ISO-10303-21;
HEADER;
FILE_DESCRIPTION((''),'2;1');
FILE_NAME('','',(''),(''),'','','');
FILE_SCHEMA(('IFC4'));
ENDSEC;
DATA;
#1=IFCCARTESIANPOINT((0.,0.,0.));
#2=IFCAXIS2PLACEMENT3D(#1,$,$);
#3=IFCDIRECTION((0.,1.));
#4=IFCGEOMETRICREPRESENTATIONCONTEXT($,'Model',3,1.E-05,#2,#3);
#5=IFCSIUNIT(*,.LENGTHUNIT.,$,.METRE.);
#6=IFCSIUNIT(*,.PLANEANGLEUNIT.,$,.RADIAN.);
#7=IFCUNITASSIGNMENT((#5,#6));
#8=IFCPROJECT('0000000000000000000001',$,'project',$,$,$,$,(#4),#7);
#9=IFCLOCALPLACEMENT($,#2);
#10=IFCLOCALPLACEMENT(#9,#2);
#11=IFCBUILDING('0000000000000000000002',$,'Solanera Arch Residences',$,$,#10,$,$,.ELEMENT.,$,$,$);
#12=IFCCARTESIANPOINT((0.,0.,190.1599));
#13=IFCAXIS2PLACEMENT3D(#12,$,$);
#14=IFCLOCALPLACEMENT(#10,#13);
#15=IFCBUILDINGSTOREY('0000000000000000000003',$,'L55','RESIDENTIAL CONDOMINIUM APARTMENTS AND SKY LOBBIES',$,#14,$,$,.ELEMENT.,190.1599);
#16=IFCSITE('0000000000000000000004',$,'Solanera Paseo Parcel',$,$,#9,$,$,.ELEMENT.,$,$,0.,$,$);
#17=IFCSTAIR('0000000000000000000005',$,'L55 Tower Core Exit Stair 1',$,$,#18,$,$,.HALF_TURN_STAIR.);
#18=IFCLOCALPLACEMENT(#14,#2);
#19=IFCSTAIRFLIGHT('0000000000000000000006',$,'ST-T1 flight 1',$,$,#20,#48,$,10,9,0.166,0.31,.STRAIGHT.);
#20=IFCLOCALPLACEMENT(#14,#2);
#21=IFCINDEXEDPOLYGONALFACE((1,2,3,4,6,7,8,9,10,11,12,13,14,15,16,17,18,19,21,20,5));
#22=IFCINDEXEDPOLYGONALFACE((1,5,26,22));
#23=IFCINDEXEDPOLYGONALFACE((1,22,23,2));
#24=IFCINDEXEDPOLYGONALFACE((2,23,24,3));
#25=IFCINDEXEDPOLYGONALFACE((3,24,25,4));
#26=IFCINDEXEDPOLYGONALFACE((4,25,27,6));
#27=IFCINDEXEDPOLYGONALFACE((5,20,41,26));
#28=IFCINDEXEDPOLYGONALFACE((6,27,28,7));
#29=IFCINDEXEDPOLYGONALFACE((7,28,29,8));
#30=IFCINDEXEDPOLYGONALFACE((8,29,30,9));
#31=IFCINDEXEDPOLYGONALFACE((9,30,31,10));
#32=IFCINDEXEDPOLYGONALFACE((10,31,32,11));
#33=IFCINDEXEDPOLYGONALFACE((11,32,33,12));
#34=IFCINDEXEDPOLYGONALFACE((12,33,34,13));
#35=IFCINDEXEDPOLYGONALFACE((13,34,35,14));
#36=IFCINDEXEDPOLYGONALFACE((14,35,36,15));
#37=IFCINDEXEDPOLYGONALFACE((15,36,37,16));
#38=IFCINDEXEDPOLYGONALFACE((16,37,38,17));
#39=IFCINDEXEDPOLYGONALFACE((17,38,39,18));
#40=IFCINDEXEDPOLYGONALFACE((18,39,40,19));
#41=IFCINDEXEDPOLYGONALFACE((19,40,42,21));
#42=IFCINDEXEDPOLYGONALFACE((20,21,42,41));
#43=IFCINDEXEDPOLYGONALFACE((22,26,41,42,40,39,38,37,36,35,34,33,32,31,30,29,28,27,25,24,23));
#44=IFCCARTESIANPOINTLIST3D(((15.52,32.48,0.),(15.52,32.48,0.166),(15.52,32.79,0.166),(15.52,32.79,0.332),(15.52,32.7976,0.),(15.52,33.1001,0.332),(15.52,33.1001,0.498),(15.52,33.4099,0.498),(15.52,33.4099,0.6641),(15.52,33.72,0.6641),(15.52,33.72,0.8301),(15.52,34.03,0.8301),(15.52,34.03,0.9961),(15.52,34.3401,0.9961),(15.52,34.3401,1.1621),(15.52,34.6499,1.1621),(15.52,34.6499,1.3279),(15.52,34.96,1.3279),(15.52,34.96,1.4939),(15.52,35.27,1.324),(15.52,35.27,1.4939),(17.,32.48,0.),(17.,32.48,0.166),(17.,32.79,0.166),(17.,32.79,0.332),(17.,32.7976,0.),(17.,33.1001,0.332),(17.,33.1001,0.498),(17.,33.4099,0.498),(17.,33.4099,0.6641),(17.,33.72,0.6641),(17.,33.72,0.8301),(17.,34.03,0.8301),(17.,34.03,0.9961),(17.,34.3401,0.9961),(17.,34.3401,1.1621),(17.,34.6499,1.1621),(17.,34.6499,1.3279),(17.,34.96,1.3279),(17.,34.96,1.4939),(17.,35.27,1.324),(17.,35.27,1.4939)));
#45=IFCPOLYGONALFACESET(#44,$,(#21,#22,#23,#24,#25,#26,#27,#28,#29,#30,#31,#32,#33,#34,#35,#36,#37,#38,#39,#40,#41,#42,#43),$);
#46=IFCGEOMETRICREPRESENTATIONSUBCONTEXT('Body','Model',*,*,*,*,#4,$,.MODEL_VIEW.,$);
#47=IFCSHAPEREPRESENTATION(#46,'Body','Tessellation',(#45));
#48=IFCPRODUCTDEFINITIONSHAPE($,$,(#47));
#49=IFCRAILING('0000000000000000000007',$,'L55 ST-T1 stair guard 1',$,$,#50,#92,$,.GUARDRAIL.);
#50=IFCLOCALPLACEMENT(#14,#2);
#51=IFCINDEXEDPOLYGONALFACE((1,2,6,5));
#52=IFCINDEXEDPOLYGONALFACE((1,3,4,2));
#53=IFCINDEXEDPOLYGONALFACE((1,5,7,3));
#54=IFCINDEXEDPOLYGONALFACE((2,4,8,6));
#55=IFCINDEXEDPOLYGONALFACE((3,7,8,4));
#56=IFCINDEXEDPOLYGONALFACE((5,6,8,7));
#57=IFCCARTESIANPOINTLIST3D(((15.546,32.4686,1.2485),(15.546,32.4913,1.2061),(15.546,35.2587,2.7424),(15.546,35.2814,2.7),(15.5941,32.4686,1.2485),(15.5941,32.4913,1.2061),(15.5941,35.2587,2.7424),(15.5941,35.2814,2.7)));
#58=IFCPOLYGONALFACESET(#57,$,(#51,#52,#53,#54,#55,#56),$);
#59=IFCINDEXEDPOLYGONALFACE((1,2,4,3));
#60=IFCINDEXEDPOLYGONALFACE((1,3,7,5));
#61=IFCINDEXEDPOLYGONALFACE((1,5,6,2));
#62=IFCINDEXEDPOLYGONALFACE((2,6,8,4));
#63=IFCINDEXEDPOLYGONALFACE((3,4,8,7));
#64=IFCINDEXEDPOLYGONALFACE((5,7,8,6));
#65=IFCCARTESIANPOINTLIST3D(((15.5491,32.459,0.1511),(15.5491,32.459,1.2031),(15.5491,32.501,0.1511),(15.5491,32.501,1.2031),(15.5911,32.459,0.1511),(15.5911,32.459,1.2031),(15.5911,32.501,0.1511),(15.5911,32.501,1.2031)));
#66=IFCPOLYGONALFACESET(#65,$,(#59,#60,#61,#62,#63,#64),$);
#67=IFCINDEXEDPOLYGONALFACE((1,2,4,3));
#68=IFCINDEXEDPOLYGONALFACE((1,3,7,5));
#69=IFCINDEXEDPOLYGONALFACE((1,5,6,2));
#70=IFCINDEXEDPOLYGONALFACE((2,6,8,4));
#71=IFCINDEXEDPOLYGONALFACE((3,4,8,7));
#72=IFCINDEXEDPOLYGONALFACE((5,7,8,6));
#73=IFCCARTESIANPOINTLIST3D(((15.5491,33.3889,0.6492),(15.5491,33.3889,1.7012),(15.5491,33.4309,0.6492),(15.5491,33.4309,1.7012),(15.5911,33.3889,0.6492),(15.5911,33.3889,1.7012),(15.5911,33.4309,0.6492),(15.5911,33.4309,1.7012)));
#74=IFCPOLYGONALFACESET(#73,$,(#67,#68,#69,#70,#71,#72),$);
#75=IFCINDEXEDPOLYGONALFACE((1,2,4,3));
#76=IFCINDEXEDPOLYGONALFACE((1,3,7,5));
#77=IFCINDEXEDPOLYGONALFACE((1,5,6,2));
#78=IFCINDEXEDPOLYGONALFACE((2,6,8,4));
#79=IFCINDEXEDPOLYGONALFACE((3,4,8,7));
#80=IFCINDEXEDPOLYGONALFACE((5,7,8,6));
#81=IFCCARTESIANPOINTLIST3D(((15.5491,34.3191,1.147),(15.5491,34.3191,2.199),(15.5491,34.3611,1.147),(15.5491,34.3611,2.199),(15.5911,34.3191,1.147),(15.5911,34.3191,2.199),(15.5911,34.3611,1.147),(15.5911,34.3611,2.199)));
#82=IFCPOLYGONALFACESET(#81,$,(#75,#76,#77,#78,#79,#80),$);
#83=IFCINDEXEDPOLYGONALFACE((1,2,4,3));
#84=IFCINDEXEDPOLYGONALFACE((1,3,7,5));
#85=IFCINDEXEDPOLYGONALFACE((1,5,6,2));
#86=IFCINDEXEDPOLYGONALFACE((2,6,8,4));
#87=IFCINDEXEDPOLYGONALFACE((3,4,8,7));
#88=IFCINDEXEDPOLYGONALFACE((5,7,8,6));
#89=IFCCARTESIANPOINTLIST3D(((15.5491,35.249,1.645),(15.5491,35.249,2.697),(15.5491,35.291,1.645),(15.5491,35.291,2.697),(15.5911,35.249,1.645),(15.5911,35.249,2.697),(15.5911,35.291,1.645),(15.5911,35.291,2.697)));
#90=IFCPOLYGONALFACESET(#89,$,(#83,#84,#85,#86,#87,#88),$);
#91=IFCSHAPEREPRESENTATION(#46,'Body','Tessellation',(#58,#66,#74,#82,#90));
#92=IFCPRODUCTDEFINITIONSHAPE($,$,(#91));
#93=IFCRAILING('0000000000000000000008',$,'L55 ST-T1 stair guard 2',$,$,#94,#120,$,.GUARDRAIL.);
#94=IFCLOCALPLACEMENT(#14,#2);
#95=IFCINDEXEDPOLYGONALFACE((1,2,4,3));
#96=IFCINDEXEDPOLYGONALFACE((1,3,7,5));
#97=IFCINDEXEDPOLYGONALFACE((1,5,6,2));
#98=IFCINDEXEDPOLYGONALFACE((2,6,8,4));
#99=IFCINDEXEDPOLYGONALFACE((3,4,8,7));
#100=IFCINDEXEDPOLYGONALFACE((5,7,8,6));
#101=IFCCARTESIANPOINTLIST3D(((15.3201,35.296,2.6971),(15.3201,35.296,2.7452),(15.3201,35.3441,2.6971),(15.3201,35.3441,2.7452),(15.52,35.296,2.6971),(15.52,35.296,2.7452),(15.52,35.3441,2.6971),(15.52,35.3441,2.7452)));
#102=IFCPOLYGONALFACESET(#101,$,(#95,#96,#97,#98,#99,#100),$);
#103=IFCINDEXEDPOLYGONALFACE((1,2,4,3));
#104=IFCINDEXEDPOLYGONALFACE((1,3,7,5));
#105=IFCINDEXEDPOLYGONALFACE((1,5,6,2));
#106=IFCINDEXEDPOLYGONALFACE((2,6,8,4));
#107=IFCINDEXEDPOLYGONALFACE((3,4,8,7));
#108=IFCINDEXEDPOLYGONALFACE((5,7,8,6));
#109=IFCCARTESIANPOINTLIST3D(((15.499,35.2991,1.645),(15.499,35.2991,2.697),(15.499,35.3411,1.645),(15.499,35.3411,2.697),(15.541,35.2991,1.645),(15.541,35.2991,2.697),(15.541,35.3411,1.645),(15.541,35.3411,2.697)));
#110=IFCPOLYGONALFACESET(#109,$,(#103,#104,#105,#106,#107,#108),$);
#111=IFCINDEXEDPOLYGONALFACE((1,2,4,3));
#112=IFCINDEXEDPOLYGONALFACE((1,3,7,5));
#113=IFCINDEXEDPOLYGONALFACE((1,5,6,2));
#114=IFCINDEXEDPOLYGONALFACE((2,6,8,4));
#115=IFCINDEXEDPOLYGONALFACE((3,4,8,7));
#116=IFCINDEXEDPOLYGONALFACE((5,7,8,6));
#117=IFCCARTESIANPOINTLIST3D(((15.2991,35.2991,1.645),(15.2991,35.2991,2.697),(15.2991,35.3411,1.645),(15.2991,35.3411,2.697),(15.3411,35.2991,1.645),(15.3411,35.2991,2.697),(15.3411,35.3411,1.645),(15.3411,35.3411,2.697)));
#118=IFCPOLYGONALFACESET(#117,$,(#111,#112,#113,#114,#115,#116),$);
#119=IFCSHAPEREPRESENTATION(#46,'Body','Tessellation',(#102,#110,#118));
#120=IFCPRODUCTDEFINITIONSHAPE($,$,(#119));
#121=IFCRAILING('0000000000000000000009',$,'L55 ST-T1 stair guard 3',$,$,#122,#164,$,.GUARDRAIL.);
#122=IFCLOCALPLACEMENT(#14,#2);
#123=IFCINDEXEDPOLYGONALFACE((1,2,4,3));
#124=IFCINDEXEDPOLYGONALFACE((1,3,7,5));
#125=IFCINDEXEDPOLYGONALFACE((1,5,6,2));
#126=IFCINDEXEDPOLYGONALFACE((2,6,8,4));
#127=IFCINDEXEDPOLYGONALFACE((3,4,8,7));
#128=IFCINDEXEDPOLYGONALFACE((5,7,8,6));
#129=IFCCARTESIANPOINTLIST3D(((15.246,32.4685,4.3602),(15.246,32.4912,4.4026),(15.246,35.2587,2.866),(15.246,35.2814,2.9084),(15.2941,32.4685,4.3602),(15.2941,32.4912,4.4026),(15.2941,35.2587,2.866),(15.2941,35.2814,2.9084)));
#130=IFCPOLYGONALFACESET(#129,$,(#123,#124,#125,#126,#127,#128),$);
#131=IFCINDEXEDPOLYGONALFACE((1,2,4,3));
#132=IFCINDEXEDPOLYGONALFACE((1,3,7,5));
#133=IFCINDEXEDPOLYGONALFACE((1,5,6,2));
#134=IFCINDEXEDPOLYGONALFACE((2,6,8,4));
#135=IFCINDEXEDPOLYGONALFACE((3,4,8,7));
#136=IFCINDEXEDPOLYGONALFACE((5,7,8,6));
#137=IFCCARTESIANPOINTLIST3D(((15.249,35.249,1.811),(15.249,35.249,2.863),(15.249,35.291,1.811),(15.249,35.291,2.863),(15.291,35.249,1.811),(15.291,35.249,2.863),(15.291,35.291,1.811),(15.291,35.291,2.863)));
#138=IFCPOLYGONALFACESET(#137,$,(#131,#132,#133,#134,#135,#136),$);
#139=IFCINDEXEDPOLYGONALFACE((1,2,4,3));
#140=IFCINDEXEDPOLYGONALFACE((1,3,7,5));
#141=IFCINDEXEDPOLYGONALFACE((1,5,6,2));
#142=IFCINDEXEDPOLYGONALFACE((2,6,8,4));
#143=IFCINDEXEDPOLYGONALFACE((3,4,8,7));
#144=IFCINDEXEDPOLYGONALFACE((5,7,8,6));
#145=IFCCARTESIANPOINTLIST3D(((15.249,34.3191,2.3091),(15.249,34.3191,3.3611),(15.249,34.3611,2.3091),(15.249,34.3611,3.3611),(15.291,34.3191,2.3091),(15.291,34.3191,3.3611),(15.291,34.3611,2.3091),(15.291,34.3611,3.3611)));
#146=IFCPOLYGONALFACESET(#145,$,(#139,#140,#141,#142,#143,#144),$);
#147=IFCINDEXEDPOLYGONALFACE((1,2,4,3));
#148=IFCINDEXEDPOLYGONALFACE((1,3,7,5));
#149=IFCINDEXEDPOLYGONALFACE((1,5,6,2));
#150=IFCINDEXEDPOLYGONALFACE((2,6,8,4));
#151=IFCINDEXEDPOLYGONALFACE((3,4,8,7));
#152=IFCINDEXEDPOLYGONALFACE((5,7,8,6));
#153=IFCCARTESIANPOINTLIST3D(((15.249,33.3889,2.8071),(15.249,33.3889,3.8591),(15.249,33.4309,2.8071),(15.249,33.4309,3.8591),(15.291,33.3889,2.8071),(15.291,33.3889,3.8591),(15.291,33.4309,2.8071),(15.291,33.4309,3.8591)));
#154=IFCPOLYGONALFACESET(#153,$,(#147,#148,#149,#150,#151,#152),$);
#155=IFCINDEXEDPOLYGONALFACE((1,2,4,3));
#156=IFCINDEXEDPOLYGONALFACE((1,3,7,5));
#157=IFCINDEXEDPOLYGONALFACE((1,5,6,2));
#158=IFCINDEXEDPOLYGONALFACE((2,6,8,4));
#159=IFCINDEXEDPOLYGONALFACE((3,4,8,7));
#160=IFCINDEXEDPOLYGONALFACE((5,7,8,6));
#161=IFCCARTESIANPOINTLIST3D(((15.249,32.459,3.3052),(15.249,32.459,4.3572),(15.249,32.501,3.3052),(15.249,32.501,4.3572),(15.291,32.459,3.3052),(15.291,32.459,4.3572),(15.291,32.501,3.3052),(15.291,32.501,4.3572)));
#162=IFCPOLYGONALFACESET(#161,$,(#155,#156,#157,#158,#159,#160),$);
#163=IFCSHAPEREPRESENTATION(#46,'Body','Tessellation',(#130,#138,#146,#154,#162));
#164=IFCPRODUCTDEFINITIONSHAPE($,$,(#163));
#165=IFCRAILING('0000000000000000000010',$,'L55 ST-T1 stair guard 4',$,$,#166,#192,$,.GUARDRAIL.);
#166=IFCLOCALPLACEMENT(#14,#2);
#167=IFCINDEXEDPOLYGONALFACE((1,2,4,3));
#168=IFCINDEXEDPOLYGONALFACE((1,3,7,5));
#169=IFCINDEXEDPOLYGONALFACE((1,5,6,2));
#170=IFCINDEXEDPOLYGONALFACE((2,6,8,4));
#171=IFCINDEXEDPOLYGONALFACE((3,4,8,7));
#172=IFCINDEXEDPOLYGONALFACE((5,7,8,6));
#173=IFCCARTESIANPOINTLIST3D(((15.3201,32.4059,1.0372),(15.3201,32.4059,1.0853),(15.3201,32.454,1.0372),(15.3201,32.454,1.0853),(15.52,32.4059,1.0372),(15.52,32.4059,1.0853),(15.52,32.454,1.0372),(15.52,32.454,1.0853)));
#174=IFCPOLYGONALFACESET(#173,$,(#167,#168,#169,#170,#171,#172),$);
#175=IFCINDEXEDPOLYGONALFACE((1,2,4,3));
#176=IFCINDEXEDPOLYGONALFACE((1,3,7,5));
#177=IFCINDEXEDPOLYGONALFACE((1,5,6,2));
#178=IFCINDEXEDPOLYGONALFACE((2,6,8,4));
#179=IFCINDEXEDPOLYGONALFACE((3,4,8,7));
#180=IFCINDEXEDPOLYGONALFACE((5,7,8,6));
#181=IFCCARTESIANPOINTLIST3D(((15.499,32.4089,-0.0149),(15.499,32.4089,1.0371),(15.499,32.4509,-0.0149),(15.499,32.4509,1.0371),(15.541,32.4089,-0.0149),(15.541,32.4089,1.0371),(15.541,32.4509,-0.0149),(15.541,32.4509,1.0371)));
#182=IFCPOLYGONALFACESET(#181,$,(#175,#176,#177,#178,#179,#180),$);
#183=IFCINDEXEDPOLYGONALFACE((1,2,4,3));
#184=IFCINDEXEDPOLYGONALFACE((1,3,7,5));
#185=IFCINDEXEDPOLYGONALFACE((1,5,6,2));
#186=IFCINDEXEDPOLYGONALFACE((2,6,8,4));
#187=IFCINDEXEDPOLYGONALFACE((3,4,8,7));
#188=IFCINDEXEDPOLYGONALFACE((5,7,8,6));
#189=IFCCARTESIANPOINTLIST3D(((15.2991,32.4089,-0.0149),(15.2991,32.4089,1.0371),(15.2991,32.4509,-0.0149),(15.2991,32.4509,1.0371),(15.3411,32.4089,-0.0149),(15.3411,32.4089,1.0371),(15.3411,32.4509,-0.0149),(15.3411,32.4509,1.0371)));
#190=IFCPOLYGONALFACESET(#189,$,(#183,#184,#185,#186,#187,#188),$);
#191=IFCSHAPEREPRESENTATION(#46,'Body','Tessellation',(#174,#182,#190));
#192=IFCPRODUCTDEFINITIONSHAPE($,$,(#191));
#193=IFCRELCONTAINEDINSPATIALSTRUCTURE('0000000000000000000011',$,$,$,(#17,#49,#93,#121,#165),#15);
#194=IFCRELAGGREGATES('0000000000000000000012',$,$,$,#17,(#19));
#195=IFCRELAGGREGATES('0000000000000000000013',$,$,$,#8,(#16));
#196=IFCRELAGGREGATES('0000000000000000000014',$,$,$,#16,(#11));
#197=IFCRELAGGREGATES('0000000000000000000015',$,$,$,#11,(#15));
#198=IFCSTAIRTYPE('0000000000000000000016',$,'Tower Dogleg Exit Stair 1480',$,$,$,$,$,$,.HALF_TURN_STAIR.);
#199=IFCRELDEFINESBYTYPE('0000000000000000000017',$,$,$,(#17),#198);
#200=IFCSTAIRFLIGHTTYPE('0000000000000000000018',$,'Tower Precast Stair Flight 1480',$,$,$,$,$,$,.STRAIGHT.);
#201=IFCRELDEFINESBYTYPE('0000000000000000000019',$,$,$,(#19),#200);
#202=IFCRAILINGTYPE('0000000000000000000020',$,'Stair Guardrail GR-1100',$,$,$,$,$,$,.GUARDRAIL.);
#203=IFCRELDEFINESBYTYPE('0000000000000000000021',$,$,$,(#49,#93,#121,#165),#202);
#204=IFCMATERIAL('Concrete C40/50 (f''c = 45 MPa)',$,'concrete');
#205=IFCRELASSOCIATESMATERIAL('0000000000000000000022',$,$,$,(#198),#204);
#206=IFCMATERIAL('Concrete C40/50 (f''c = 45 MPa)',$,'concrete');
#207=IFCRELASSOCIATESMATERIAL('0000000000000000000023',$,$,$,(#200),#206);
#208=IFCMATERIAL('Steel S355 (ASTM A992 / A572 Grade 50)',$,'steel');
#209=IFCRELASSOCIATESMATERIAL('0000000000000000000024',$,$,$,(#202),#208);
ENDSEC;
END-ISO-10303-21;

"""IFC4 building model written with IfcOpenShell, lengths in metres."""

from ifc_helpers import new_model, si_unit, direction, frame, origin, origin_2d, place, context, subcontext, project, spatial, polyline, rectangle, outline, extrude, material, type_object, element, aggregate, save


model = new_model("IFC4")

# Units and contexts
model_context = context("Model", 3, precision=1e-05, world=origin(), true_north=direction((0.0, 1.0)))
body_context = subcontext(model_context, "Body", "Model", "MODEL_VIEW")
ifc_project = project(units=[si_unit("LENGTHUNIT", "METRE"), si_unit("PLANEANGLEUNIT", "RADIAN")], contexts=[model_context])

# Site, building, storey
site_placement = place(None, origin())
site = spatial("IfcSite", under=ifc_project, at=site_placement, Name="Solanera Paseo Parcel", CompositionType="ELEMENT", RefElevation=0.0)
building_placement = place(site_placement, origin())
building = spatial("IfcBuilding", under=site, at=building_placement, Name="Solanera Arch Residences", CompositionType="ELEMENT")
storey_placement = place(building_placement, frame((0.0, 0.0, 190.1599)))
storey = spatial("IfcBuildingStorey", under=building, at=storey_placement, Name="L55", Description="RESIDENTIAL CONDOMINIUM APARTMENTS AND SKY LOBBIES", CompositionType="ELEMENT", Elevation=190.1599)

# Stair, stair flight
ifc_material_1 = material(Name="Concrete C40/50 (f'c = 45 MPa)", Category="concrete")
stair_type = type_object("IfcStairType", Name="Tower Dogleg Exit Stair 1480", PredefinedType="HALF_TURN_STAIR", material=ifc_material_1)
stair_placement = place(storey_placement, origin())
stair = element("IfcStair", 1, at=stair_placement, inside=storey, type_object=stair_type, Name="L55 Tower Core Exit Stair 1", PredefinedType="HALF_TURN_STAIR")
ifc_material_2 = material(Name="Concrete C40/50 (f'c = 45 MPa)", Category="concrete")
stair_flight_type = type_object("IfcStairFlightType", Name="Tower Precast Stair Flight 1480", PredefinedType="STRAIGHT", material=ifc_material_2)
stair_flight_placement = place(storey_placement, frame((16.26, 32.48, 0.0), z_axis=(0.0, 0.0, 1.0), x_axis=(0.0, 1.0, 0.0)))
stair_flight = element("IfcStairFlight", 2, at=stair_flight_placement, type_object=stair_flight_type, Name="ST-T1 flight 1", NumberOfRisers=10, NumberOfTreads=9, PredefinedType="STRAIGHT", RiserHeight=0.166, TreadLength=0.31, context=body_context, shape_type="SweptSolid", body=[
    extrude(outline(polyline([(0.0, 0.0), (0.0, 0.166), (0.3101, 0.166), (0.3101, 0.332), (0.6201, 0.332), (0.6201, 0.498), (0.9299, 0.498), (0.9299, 0.6641), (1.24, 0.6641), (1.24, 0.8301), (1.55, 0.8301), (1.55, 0.9961), (1.8601, 0.9961), (1.8601, 1.1621), (2.1699, 1.1621), (2.1699, 1.3279), (2.48, 1.3279), (2.48, 1.4939), (2.79, 1.4939), (2.79, 1.6599), (2.79, 1.324), (0.3176, 0.0), (0.0, 0.0)])), frame((0.0, 0.74, 0.0), z_axis=(0.0, -1.0, 0.0), x_axis=(1.0, 0.0, 0.0)), (0.0, 0.0, 1.0), 1.48),
])
aggregate(stair, [stair_flight])

# Railings
ifc_material_3 = material(Name="Steel S355 (ASTM A992 / A572 Grade 50)", Category="steel")
railing_type_1 = type_object("IfcRailingType", Name="Stair Guardrail GR-1100", PredefinedType="GUARDRAIL", material=ifc_material_3)
railing_1_placement = place(storey_placement, frame((15.5701, 32.48, 0.1511)))
element("IfcRailing", 3, at=railing_1_placement, inside=storey, type_object=railing_type_1, Name="L55 ST-T1 stair guard 1", PredefinedType="GUARDRAIL", context=body_context, shape_type="SweptSolid", body=[
    extrude(rectangle(XDim=0.0481, YDim=0.0481, at=origin_2d()), frame((0.0, 0.0, 1.0762), z_axis=(0.0, 0.881581, 0.472033), x_axis=(-1.0, 0.0, 0.0)), (0.0, 0.0, 1.0), 3.1648),
    extrude(rectangle(XDim=0.042, YDim=0.042, at=origin_2d()), origin(), (0.0, 0.0, 1.0), 1.052),
    extrude(rectangle(XDim=0.042, YDim=0.042, at=origin_2d()), frame((0.0, 0.9299, 0.498)), (0.0, 0.0, 1.0), 1.052),
    extrude(rectangle(XDim=0.042, YDim=0.042, at=origin_2d()), frame((0.0, 1.8601, 0.9958)), (0.0, 0.0, 1.0), 1.052),
    extrude(rectangle(XDim=0.042, YDim=0.042, at=origin_2d()), frame((0.0, 2.79, 1.4939)), (0.0, 0.0, 1.0), 1.052),
])
railing_2_placement = place(storey_placement, frame((15.52, 35.3201, 1.645)))
element("IfcRailing", 4, at=railing_2_placement, inside=storey, type_object=railing_type_1, Name="L55 ST-T1 stair guard 2", PredefinedType="GUARDRAIL", context=body_context, shape_type="SweptSolid", body=[
    extrude(rectangle(XDim=0.0481, YDim=0.0481, at=origin_2d()), frame((0.0, 0.0, 1.0762), z_axis=(-1.0, 0.0, 0.0), x_axis=(0.0, -1.0, 0.0)), (0.0, 0.0, 1.0), 0.2),
    extrude(rectangle(XDim=0.042, YDim=0.042, at=origin_2d()), origin(), (0.0, 0.0, 1.0), 1.052),
    extrude(rectangle(XDim=0.042, YDim=0.042, at=origin_2d()), frame((-0.2, 0.0, 0.0)), (0.0, 0.0, 1.0), 1.052),
])
railing_3_placement = place(storey_placement, frame((15.27, 35.27, 1.811)))
element("IfcRailing", 5, at=railing_3_placement, inside=storey, type_object=railing_type_1, Name="L55 ST-T1 stair guard 3", PredefinedType="GUARDRAIL", context=body_context, shape_type="SweptSolid", body=[
    extrude(rectangle(XDim=0.0481, YDim=0.0481, at=origin_2d()), frame((0.0, 0.0, 1.0762), z_axis=(0.0, -0.881549, 0.472093), x_axis=(1.0, 0.0, 0.0)), (0.0, 0.0, 1.0), 3.165),
    extrude(rectangle(XDim=0.042, YDim=0.042, at=origin_2d()), origin(), (0.0, 0.0, 1.0), 1.052),
    extrude(rectangle(XDim=0.042, YDim=0.042, at=origin_2d()), frame((0.0, -0.9299, 0.498)), (0.0, 0.0, 1.0), 1.052),
    extrude(rectangle(XDim=0.042, YDim=0.042, at=origin_2d()), frame((0.0, -1.8601, 0.9961)), (0.0, 0.0, 1.0), 1.052),
    extrude(rectangle(XDim=0.042, YDim=0.042, at=origin_2d()), frame((0.0, -2.79, 1.4941)), (0.0, 0.0, 1.0), 1.052),
])
railing_4_placement = place(storey_placement, frame((15.52, 32.4299, -0.0149)))
element("IfcRailing", 6, at=railing_4_placement, inside=storey, type_object=railing_type_1, Name="L55 ST-T1 stair guard 4", PredefinedType="GUARDRAIL", context=body_context, shape_type="SweptSolid", body=[
    extrude(rectangle(XDim=0.0481, YDim=0.0481, at=origin_2d()), frame((0.0, 0.0, 1.0762), z_axis=(-1.0, 0.0, 0.0), x_axis=(0.0, -1.0, 0.0)), (0.0, 0.0, 1.0), 0.2),
    extrude(rectangle(XDim=0.042, YDim=0.042, at=origin_2d()), origin(), (0.0, 0.0, 1.0), 1.052),
    extrude(rectangle(XDim=0.042, YDim=0.042, at=origin_2d()), frame((-0.2, 0.0, 0.0)), (0.0, 0.0, 1.0), 1.052),
])

save(model, "model.ifc")
